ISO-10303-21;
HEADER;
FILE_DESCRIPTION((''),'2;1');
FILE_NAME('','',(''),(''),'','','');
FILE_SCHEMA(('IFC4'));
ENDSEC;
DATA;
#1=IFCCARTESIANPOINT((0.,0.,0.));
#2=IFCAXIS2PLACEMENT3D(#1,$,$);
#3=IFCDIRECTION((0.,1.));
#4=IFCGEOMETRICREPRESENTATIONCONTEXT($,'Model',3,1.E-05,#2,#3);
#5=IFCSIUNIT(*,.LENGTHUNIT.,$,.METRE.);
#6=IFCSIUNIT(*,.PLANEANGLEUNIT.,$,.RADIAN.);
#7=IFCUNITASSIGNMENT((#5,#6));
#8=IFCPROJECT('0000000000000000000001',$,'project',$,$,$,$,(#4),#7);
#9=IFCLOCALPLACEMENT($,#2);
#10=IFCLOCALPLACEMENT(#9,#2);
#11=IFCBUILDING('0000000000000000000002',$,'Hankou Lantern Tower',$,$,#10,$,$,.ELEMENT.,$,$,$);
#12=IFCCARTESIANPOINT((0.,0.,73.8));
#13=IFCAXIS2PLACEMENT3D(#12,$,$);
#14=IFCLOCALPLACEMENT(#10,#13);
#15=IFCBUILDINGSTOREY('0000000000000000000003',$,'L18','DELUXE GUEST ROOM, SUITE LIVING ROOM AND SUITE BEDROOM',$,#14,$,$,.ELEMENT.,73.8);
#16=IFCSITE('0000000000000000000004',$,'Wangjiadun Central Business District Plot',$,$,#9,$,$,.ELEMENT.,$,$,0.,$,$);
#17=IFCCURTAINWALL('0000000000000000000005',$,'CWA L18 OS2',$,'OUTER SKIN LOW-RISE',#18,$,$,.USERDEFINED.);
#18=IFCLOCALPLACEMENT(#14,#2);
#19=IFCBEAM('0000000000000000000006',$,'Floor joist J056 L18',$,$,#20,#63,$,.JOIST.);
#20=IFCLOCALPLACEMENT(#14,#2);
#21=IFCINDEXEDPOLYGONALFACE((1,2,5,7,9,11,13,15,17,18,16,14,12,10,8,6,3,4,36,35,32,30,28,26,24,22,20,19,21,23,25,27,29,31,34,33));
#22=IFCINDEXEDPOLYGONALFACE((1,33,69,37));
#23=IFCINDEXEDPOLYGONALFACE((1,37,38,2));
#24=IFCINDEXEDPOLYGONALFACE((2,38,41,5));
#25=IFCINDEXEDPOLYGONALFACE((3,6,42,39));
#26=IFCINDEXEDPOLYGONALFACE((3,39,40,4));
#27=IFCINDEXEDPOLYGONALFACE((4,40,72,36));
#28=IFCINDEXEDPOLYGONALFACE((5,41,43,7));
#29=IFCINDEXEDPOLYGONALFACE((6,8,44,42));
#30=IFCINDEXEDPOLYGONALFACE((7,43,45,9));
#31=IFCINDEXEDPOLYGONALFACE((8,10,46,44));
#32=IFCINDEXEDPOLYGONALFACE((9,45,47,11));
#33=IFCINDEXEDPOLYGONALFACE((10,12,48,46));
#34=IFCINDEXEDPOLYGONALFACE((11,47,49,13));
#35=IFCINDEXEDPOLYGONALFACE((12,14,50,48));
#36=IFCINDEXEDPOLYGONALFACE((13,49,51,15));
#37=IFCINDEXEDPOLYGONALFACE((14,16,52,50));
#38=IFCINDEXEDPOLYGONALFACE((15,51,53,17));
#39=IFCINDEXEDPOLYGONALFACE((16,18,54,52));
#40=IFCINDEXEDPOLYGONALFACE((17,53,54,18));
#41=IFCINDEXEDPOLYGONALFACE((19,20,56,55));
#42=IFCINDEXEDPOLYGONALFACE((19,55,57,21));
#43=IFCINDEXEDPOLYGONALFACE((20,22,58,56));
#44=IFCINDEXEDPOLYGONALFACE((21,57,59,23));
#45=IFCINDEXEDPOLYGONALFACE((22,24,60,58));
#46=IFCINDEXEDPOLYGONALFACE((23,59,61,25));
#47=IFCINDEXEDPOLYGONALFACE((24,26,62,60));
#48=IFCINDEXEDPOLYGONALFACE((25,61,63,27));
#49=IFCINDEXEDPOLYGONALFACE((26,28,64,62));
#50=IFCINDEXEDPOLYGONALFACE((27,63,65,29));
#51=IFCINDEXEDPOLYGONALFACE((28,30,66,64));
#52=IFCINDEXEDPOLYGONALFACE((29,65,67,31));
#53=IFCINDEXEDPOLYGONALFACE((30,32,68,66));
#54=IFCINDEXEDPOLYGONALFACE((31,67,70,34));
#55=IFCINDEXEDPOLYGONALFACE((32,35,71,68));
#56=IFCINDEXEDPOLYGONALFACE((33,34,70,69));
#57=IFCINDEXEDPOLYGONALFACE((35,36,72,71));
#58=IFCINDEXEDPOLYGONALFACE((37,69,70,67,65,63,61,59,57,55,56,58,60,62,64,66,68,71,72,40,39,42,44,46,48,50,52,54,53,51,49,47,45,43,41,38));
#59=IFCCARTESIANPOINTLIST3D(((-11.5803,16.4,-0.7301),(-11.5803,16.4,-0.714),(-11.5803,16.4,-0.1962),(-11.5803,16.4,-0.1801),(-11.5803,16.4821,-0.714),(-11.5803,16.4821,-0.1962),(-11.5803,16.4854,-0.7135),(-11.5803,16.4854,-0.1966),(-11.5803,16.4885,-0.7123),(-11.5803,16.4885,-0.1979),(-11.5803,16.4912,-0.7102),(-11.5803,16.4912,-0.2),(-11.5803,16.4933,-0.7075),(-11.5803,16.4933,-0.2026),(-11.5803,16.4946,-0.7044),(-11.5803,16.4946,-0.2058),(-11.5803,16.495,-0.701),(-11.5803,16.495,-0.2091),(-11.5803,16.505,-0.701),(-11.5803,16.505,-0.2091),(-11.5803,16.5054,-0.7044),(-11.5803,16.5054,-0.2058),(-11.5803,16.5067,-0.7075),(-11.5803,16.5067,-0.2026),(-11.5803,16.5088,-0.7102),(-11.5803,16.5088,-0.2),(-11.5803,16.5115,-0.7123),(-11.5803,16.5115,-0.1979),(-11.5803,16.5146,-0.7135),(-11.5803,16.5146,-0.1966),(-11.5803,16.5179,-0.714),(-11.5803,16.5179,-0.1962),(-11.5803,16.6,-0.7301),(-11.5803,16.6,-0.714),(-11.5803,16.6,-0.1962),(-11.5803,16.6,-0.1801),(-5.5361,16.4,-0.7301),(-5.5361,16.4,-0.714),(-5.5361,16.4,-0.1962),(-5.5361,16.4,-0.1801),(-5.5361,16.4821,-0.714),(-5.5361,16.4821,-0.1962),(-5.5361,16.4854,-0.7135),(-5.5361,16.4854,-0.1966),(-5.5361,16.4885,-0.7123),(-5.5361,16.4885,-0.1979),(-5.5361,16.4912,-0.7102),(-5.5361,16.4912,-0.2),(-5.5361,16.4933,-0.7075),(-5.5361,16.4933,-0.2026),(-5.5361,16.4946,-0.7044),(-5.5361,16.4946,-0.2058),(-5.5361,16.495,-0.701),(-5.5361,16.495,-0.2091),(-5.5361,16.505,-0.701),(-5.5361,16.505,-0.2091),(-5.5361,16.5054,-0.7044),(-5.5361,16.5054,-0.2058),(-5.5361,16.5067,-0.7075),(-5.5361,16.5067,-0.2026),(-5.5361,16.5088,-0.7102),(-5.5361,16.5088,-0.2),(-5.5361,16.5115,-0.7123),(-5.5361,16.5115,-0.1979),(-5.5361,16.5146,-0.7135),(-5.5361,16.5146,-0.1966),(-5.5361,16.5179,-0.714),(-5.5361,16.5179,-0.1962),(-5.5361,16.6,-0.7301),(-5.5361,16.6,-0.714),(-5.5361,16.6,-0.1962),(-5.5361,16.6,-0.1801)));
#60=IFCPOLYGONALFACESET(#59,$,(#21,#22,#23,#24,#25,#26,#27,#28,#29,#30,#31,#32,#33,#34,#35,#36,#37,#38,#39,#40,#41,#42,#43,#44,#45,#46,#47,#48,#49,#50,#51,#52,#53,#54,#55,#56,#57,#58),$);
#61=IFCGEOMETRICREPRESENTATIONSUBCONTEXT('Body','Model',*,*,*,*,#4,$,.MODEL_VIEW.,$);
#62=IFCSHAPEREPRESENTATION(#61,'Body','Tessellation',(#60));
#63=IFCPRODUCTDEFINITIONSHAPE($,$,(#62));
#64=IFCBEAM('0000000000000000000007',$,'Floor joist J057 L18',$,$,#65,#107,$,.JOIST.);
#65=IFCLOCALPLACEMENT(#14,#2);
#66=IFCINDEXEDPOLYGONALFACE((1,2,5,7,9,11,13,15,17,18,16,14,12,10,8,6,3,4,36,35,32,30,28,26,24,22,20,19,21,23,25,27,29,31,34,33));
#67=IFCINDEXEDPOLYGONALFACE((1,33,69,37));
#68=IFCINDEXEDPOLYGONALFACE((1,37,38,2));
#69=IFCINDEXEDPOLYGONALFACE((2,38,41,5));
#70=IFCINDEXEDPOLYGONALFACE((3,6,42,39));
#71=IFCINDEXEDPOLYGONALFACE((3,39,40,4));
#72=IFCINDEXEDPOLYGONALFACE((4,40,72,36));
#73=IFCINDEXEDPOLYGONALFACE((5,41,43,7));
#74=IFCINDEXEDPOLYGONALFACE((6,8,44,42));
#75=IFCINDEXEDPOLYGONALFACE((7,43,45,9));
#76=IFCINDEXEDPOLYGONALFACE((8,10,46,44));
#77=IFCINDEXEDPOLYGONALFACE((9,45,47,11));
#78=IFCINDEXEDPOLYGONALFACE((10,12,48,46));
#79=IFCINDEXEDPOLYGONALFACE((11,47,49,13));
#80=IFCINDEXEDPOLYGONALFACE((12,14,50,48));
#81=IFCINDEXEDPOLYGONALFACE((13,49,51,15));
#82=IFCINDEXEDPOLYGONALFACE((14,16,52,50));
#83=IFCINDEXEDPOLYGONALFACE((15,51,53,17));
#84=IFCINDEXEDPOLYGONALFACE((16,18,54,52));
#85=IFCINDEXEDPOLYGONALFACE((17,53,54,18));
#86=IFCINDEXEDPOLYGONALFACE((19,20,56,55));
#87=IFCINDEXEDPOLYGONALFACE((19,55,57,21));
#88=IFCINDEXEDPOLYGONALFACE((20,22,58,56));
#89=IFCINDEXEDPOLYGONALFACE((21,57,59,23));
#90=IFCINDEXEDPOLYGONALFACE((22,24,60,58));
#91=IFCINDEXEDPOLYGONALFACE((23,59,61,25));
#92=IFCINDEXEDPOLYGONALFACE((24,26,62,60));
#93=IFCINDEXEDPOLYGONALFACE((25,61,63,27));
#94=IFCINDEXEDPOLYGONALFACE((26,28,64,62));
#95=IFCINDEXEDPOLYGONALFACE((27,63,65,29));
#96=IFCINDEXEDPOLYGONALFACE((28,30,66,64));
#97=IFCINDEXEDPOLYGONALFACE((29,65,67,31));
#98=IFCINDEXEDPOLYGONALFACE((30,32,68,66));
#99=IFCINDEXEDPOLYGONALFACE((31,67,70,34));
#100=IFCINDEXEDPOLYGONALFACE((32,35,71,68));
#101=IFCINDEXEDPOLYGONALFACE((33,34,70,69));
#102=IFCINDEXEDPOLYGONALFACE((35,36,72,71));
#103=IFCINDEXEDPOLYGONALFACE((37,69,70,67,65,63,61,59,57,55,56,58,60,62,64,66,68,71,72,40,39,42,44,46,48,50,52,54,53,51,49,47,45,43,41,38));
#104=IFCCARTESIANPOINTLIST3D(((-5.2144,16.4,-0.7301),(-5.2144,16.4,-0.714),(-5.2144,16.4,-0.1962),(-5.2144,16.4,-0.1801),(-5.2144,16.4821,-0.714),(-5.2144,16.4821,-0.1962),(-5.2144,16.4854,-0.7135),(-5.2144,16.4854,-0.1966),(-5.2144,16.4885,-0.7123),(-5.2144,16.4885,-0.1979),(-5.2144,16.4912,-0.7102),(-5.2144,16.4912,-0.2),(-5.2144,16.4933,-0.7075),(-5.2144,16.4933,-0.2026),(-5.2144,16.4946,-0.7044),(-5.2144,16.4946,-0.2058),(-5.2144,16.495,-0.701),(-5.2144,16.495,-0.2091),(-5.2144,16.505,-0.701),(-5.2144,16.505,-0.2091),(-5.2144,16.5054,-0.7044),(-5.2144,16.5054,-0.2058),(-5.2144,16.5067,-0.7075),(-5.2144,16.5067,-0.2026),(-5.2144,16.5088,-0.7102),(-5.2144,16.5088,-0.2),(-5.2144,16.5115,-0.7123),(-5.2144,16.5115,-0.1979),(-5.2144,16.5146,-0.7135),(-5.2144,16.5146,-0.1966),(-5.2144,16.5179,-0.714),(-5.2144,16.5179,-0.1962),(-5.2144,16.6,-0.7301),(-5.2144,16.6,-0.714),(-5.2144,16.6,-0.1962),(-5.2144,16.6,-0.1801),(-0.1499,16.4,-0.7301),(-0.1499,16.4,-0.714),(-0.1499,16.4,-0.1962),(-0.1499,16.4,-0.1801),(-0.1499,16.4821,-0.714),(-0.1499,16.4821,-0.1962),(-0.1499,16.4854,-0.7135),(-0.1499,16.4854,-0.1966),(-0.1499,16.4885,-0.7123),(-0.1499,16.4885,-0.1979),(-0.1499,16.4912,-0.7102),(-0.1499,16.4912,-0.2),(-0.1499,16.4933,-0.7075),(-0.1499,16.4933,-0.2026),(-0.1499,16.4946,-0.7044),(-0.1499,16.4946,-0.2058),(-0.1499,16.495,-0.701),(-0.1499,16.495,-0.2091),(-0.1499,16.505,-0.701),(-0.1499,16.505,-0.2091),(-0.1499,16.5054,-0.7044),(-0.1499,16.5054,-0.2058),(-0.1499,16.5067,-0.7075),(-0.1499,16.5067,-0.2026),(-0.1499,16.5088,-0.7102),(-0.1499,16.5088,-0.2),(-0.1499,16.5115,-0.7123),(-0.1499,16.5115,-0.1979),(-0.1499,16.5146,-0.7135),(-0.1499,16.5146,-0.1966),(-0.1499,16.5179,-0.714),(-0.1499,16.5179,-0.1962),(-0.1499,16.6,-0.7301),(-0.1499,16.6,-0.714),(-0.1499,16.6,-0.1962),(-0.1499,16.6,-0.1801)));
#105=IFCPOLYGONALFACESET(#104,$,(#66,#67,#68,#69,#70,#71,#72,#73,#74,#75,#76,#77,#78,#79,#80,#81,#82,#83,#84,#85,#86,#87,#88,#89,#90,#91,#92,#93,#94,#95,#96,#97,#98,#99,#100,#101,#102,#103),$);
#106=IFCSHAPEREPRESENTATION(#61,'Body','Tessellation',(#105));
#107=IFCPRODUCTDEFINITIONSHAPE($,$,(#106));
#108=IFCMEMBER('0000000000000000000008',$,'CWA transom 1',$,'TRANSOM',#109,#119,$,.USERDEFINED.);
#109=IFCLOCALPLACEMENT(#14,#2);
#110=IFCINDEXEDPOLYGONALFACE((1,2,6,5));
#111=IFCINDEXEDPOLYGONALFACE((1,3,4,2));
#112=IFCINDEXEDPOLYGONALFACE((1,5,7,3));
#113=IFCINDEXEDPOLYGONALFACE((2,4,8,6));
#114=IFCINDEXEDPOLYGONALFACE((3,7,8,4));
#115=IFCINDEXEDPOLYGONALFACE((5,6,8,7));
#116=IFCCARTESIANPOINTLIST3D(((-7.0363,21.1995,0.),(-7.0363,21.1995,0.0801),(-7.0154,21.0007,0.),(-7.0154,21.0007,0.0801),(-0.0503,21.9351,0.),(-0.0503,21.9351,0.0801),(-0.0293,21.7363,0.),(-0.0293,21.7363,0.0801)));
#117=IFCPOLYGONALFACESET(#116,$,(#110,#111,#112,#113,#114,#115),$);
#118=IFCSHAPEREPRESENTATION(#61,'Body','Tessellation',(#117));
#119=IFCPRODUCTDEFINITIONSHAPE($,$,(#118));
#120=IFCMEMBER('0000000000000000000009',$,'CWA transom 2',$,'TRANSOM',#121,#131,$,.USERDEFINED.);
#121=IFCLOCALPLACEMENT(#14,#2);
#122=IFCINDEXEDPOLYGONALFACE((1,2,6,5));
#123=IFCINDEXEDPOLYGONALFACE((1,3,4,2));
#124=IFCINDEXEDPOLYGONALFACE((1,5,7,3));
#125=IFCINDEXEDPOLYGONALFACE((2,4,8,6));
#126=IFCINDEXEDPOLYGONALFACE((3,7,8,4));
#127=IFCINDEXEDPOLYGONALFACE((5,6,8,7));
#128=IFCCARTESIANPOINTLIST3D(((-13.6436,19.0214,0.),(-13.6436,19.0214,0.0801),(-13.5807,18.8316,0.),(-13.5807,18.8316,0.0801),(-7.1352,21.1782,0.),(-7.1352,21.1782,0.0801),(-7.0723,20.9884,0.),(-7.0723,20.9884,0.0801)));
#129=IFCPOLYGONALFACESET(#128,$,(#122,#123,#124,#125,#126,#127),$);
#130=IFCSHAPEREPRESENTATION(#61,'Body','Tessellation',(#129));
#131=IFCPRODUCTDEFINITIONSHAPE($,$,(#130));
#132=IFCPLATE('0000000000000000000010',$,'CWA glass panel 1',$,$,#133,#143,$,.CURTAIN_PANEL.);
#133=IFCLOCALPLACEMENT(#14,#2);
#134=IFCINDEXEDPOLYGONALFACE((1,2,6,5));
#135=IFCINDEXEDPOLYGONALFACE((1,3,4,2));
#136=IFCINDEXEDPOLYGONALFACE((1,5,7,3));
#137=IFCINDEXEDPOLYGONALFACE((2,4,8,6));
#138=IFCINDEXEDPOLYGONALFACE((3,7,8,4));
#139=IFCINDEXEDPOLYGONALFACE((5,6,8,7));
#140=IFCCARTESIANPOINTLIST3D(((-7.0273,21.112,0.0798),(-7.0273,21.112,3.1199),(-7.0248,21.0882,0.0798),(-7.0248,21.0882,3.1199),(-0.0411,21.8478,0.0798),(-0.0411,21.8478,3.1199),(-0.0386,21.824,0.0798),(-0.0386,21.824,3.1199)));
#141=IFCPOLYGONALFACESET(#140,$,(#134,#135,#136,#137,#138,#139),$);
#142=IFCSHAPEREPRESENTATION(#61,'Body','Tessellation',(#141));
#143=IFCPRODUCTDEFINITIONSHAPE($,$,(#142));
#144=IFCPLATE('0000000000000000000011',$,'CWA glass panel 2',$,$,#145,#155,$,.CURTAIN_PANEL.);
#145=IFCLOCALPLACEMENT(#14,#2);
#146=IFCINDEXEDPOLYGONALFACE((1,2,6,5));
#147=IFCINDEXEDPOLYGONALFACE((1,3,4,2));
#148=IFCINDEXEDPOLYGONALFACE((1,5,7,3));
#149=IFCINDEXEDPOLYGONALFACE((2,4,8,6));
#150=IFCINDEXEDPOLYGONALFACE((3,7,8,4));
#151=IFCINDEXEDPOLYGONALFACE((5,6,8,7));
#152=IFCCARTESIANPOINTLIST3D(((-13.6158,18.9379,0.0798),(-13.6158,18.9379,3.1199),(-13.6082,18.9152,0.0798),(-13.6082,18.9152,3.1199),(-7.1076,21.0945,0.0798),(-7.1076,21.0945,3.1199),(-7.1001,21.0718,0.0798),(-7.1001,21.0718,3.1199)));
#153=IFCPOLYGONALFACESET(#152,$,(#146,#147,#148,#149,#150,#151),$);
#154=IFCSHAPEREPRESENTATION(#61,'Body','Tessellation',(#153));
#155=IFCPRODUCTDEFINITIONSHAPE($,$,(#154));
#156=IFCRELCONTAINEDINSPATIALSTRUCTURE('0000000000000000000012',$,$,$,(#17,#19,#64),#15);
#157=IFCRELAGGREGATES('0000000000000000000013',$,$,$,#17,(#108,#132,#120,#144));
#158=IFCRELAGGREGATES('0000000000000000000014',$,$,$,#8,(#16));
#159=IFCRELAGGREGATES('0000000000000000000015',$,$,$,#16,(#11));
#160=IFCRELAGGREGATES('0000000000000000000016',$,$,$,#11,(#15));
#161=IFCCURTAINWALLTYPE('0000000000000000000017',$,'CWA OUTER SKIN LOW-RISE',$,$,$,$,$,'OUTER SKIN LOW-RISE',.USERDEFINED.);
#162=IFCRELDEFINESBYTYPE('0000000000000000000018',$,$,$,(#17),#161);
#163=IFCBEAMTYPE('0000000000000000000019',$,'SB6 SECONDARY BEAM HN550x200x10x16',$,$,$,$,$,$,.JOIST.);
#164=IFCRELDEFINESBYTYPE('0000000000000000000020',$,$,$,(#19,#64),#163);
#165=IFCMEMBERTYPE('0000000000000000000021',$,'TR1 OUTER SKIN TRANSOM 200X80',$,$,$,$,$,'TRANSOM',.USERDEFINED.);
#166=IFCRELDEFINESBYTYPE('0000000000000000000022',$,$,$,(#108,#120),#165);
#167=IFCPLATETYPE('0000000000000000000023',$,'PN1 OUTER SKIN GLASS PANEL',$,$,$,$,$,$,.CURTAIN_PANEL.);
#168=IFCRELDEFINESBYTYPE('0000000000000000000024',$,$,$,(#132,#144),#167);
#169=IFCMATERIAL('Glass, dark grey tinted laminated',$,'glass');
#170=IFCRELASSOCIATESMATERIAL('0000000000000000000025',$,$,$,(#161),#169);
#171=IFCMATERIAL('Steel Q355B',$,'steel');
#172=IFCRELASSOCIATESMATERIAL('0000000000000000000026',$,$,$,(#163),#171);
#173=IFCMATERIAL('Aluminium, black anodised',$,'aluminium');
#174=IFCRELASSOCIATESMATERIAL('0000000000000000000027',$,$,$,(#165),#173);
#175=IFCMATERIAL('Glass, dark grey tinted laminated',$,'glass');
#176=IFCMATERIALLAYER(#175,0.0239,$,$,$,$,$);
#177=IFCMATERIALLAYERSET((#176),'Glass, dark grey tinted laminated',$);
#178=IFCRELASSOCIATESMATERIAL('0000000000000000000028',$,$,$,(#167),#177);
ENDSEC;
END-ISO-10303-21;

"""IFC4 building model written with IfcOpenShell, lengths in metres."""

from ifc_helpers import new_model, si_unit, direction, frame, origin, origin_2d, place, context, subcontext, project, spatial, rectangle, i_section, extrude, material, layer, layer_set, material_profile, profile_set, type_object, element, aggregate, save


model = new_model("IFC4")

# Units and contexts
model_context = context("Model", 3, precision=1e-05, world=origin(), true_north=direction((0.0, 1.0)))
body_context = subcontext(model_context, "Body", "Model", "MODEL_VIEW")
ifc_project = project(units=[si_unit("LENGTHUNIT", "METRE"), si_unit("PLANEANGLEUNIT", "RADIAN")], contexts=[model_context])

# Site, building, storey
site_placement = place(None, origin())
site = spatial("IfcSite", under=ifc_project, at=site_placement, Name="Wangjiadun Central Business District Plot", CompositionType="ELEMENT", RefElevation=0.0)
building_placement = place(site_placement, origin())
building = spatial("IfcBuilding", under=site, at=building_placement, Name="Hankou Lantern Tower", CompositionType="ELEMENT")
storey_placement = place(building_placement, frame((0.0, 0.0, 73.8)))
storey = spatial("IfcBuildingStorey", under=building, at=storey_placement, Name="L18", Description="DELUXE GUEST ROOM, SUITE LIVING ROOM AND SUITE BEDROOM", CompositionType="ELEMENT", Elevation=73.8)

# Curtain wall
ifc_material_1 = material(Name="Glass, dark grey tinted laminated", Category="glass")
curtain_wall_type = type_object("IfcCurtainWallType", Name="CWA OUTER SKIN LOW-RISE", ElementType="OUTER SKIN LOW-RISE", PredefinedType="USERDEFINED", material=ifc_material_1)
curtain_wall_placement = place(storey_placement, origin())
curtain_wall = element("IfcCurtainWall", 1, at=curtain_wall_placement, inside=storey, type_object=curtain_wall_type, Name="CWA L18 OS2", ObjectType="OUTER SKIN LOW-RISE", PredefinedType="USERDEFINED")

# Beams
ifc_material_2 = material(Name="Steel Q355B", Category="steel")
ifc_material_profile_1 = material_profile(ifc_material_2, i_section(OverallWidth=0.2, OverallDepth=0.55, WebThickness=0.01, FlangeThickness=0.0161, FilletRadius=0.0129, at=origin_2d()), Name="HN550x200x10x16")
ifc_profile_set_1 = profile_set([ifc_material_profile_1], Name="Steel Q355B")
beam_type_1 = type_object("IfcBeamType", Name="SB6 SECONDARY BEAM HN550x200x10x16", PredefinedType="JOIST", material=ifc_profile_set_1)
beam_1_placement = place(storey_placement, frame((-11.5803, 16.5, -0.4551), z_axis=(1.0, 0.0, 0.0), x_axis=(0.0, 1.0, 0.0)))
element("IfcBeam", 2, at=beam_1_placement, inside=storey, type_object=beam_type_1, Name="Floor joist J056 L18", PredefinedType="JOIST", context=body_context, shape_type="SweptSolid", body=[
    extrude(i_section(OverallWidth=0.2, OverallDepth=0.55, WebThickness=0.01, FlangeThickness=0.0161, FilletRadius=0.0129, at=origin_2d()), origin(), (0.0, 0.0, 1.0), 6.0442),
])
beam_2_placement = place(storey_placement, frame((-5.2144, 16.5, -0.4551), z_axis=(1.0, 0.0, 0.0), x_axis=(0.0, 1.0, 0.0)))
element("IfcBeam", 3, at=beam_2_placement, inside=storey, type_object=beam_type_1, Name="Floor joist J057 L18", PredefinedType="JOIST", context=body_context, shape_type="SweptSolid", body=[
    extrude(i_section(OverallWidth=0.2, OverallDepth=0.55, WebThickness=0.01, FlangeThickness=0.0161, FilletRadius=0.0129, at=origin_2d()), origin(), (0.0, 0.0, 1.0), 5.0645),
])

# Members
ifc_material_3 = material(Name="Aluminium, black anodised", Category="aluminium")
ifc_material_profile_2 = material_profile(ifc_material_3, rectangle(XDim=0.2, YDim=0.0801, at=origin_2d()), Name="TR1 200X80")
ifc_profile_set_2 = profile_set([ifc_material_profile_2], Name="Aluminium, black anodised")
member_type_1 = type_object("IfcMemberType", Name="TR1 OUTER SKIN TRANSOM 200X80", ElementType="TRANSOM", PredefinedType="USERDEFINED", material=ifc_profile_set_2)
member_1_placement = place(storey_placement, frame((-0.0398, 21.8357, 0.04), z_axis=(-0.994502, -0.104716, 0.0), x_axis=(0.104716, -0.994502, 0.0)))
member_1 = element("IfcMember", 4, at=member_1_placement, type_object=member_type_1, Name="CWA transom 1", ObjectType="TRANSOM", PredefinedType="USERDEFINED", context=body_context, shape_type="SweptSolid", body=[
    extrude(rectangle(XDim=0.2, YDim=0.0801, at=origin_2d()), origin(), (0.0, 0.0, 1.0), 7.0247),
])
member_2_placement = place(storey_placement, frame((-7.1038, 21.0833, 0.04), z_axis=(-0.949237, -0.314561, 0.0), x_axis=(0.314561, -0.949237, 0.0)))
member_2 = element("IfcMember", 5, at=member_2_placement, type_object=member_type_1, Name="CWA transom 2", ObjectType="TRANSOM", PredefinedType="USERDEFINED", context=body_context, shape_type="SweptSolid", body=[
    extrude(rectangle(XDim=0.2, YDim=0.0801, at=origin_2d()), origin(), (0.0, 0.0, 1.0), 6.8564),
])

# Plates
ifc_material_4 = material(Name="Glass, dark grey tinted laminated", Category="glass")
ifc_layer_1 = layer(ifc_material_4, 0.0239)
ifc_layer_set_1 = layer_set([ifc_layer_1], Name="Glass, dark grey tinted laminated")
plate_type = type_object("IfcPlateType", Name="PN1 OUTER SKIN GLASS PANEL", PredefinedType="CURTAIN_PANEL", material=ifc_layer_set_1)
plate_1_placement = place(storey_placement, frame((-3.533, 21.468, 0.0798), z_axis=(0.0, 0.0, 1.0), x_axis=(-0.994499, -0.104743, 0.0)))
plate_1 = element("IfcPlate", 6, at=plate_1_placement, type_object=plate_type, Name="CWA glass panel 1", PredefinedType="CURTAIN_PANEL", context=body_context, shape_type="SweptSolid", body=[
    extrude(rectangle(XDim=7.0249, YDim=0.0239, at=origin_2d()), origin(), (0.0, 0.0, 1.0), 3.04),
])
plate_2_placement = place(storey_placement, frame((-10.3579, 20.0049, 0.0798), z_axis=(0.0, 0.0, 1.0), x_axis=(-0.949241, -0.314551, 0.0)))
plate_2 = element("IfcPlate", 7, at=plate_2_placement, type_object=plate_type, Name="CWA glass panel 2", PredefinedType="CURTAIN_PANEL", context=body_context, shape_type="SweptSolid", body=[
    extrude(rectangle(XDim=6.8562, YDim=0.0239, at=origin_2d()), origin(), (0.0, 0.0, 1.0), 3.04),
])
aggregate(curtain_wall, [member_1, plate_1, member_2, plate_2])

save(model, "model.ifc")
